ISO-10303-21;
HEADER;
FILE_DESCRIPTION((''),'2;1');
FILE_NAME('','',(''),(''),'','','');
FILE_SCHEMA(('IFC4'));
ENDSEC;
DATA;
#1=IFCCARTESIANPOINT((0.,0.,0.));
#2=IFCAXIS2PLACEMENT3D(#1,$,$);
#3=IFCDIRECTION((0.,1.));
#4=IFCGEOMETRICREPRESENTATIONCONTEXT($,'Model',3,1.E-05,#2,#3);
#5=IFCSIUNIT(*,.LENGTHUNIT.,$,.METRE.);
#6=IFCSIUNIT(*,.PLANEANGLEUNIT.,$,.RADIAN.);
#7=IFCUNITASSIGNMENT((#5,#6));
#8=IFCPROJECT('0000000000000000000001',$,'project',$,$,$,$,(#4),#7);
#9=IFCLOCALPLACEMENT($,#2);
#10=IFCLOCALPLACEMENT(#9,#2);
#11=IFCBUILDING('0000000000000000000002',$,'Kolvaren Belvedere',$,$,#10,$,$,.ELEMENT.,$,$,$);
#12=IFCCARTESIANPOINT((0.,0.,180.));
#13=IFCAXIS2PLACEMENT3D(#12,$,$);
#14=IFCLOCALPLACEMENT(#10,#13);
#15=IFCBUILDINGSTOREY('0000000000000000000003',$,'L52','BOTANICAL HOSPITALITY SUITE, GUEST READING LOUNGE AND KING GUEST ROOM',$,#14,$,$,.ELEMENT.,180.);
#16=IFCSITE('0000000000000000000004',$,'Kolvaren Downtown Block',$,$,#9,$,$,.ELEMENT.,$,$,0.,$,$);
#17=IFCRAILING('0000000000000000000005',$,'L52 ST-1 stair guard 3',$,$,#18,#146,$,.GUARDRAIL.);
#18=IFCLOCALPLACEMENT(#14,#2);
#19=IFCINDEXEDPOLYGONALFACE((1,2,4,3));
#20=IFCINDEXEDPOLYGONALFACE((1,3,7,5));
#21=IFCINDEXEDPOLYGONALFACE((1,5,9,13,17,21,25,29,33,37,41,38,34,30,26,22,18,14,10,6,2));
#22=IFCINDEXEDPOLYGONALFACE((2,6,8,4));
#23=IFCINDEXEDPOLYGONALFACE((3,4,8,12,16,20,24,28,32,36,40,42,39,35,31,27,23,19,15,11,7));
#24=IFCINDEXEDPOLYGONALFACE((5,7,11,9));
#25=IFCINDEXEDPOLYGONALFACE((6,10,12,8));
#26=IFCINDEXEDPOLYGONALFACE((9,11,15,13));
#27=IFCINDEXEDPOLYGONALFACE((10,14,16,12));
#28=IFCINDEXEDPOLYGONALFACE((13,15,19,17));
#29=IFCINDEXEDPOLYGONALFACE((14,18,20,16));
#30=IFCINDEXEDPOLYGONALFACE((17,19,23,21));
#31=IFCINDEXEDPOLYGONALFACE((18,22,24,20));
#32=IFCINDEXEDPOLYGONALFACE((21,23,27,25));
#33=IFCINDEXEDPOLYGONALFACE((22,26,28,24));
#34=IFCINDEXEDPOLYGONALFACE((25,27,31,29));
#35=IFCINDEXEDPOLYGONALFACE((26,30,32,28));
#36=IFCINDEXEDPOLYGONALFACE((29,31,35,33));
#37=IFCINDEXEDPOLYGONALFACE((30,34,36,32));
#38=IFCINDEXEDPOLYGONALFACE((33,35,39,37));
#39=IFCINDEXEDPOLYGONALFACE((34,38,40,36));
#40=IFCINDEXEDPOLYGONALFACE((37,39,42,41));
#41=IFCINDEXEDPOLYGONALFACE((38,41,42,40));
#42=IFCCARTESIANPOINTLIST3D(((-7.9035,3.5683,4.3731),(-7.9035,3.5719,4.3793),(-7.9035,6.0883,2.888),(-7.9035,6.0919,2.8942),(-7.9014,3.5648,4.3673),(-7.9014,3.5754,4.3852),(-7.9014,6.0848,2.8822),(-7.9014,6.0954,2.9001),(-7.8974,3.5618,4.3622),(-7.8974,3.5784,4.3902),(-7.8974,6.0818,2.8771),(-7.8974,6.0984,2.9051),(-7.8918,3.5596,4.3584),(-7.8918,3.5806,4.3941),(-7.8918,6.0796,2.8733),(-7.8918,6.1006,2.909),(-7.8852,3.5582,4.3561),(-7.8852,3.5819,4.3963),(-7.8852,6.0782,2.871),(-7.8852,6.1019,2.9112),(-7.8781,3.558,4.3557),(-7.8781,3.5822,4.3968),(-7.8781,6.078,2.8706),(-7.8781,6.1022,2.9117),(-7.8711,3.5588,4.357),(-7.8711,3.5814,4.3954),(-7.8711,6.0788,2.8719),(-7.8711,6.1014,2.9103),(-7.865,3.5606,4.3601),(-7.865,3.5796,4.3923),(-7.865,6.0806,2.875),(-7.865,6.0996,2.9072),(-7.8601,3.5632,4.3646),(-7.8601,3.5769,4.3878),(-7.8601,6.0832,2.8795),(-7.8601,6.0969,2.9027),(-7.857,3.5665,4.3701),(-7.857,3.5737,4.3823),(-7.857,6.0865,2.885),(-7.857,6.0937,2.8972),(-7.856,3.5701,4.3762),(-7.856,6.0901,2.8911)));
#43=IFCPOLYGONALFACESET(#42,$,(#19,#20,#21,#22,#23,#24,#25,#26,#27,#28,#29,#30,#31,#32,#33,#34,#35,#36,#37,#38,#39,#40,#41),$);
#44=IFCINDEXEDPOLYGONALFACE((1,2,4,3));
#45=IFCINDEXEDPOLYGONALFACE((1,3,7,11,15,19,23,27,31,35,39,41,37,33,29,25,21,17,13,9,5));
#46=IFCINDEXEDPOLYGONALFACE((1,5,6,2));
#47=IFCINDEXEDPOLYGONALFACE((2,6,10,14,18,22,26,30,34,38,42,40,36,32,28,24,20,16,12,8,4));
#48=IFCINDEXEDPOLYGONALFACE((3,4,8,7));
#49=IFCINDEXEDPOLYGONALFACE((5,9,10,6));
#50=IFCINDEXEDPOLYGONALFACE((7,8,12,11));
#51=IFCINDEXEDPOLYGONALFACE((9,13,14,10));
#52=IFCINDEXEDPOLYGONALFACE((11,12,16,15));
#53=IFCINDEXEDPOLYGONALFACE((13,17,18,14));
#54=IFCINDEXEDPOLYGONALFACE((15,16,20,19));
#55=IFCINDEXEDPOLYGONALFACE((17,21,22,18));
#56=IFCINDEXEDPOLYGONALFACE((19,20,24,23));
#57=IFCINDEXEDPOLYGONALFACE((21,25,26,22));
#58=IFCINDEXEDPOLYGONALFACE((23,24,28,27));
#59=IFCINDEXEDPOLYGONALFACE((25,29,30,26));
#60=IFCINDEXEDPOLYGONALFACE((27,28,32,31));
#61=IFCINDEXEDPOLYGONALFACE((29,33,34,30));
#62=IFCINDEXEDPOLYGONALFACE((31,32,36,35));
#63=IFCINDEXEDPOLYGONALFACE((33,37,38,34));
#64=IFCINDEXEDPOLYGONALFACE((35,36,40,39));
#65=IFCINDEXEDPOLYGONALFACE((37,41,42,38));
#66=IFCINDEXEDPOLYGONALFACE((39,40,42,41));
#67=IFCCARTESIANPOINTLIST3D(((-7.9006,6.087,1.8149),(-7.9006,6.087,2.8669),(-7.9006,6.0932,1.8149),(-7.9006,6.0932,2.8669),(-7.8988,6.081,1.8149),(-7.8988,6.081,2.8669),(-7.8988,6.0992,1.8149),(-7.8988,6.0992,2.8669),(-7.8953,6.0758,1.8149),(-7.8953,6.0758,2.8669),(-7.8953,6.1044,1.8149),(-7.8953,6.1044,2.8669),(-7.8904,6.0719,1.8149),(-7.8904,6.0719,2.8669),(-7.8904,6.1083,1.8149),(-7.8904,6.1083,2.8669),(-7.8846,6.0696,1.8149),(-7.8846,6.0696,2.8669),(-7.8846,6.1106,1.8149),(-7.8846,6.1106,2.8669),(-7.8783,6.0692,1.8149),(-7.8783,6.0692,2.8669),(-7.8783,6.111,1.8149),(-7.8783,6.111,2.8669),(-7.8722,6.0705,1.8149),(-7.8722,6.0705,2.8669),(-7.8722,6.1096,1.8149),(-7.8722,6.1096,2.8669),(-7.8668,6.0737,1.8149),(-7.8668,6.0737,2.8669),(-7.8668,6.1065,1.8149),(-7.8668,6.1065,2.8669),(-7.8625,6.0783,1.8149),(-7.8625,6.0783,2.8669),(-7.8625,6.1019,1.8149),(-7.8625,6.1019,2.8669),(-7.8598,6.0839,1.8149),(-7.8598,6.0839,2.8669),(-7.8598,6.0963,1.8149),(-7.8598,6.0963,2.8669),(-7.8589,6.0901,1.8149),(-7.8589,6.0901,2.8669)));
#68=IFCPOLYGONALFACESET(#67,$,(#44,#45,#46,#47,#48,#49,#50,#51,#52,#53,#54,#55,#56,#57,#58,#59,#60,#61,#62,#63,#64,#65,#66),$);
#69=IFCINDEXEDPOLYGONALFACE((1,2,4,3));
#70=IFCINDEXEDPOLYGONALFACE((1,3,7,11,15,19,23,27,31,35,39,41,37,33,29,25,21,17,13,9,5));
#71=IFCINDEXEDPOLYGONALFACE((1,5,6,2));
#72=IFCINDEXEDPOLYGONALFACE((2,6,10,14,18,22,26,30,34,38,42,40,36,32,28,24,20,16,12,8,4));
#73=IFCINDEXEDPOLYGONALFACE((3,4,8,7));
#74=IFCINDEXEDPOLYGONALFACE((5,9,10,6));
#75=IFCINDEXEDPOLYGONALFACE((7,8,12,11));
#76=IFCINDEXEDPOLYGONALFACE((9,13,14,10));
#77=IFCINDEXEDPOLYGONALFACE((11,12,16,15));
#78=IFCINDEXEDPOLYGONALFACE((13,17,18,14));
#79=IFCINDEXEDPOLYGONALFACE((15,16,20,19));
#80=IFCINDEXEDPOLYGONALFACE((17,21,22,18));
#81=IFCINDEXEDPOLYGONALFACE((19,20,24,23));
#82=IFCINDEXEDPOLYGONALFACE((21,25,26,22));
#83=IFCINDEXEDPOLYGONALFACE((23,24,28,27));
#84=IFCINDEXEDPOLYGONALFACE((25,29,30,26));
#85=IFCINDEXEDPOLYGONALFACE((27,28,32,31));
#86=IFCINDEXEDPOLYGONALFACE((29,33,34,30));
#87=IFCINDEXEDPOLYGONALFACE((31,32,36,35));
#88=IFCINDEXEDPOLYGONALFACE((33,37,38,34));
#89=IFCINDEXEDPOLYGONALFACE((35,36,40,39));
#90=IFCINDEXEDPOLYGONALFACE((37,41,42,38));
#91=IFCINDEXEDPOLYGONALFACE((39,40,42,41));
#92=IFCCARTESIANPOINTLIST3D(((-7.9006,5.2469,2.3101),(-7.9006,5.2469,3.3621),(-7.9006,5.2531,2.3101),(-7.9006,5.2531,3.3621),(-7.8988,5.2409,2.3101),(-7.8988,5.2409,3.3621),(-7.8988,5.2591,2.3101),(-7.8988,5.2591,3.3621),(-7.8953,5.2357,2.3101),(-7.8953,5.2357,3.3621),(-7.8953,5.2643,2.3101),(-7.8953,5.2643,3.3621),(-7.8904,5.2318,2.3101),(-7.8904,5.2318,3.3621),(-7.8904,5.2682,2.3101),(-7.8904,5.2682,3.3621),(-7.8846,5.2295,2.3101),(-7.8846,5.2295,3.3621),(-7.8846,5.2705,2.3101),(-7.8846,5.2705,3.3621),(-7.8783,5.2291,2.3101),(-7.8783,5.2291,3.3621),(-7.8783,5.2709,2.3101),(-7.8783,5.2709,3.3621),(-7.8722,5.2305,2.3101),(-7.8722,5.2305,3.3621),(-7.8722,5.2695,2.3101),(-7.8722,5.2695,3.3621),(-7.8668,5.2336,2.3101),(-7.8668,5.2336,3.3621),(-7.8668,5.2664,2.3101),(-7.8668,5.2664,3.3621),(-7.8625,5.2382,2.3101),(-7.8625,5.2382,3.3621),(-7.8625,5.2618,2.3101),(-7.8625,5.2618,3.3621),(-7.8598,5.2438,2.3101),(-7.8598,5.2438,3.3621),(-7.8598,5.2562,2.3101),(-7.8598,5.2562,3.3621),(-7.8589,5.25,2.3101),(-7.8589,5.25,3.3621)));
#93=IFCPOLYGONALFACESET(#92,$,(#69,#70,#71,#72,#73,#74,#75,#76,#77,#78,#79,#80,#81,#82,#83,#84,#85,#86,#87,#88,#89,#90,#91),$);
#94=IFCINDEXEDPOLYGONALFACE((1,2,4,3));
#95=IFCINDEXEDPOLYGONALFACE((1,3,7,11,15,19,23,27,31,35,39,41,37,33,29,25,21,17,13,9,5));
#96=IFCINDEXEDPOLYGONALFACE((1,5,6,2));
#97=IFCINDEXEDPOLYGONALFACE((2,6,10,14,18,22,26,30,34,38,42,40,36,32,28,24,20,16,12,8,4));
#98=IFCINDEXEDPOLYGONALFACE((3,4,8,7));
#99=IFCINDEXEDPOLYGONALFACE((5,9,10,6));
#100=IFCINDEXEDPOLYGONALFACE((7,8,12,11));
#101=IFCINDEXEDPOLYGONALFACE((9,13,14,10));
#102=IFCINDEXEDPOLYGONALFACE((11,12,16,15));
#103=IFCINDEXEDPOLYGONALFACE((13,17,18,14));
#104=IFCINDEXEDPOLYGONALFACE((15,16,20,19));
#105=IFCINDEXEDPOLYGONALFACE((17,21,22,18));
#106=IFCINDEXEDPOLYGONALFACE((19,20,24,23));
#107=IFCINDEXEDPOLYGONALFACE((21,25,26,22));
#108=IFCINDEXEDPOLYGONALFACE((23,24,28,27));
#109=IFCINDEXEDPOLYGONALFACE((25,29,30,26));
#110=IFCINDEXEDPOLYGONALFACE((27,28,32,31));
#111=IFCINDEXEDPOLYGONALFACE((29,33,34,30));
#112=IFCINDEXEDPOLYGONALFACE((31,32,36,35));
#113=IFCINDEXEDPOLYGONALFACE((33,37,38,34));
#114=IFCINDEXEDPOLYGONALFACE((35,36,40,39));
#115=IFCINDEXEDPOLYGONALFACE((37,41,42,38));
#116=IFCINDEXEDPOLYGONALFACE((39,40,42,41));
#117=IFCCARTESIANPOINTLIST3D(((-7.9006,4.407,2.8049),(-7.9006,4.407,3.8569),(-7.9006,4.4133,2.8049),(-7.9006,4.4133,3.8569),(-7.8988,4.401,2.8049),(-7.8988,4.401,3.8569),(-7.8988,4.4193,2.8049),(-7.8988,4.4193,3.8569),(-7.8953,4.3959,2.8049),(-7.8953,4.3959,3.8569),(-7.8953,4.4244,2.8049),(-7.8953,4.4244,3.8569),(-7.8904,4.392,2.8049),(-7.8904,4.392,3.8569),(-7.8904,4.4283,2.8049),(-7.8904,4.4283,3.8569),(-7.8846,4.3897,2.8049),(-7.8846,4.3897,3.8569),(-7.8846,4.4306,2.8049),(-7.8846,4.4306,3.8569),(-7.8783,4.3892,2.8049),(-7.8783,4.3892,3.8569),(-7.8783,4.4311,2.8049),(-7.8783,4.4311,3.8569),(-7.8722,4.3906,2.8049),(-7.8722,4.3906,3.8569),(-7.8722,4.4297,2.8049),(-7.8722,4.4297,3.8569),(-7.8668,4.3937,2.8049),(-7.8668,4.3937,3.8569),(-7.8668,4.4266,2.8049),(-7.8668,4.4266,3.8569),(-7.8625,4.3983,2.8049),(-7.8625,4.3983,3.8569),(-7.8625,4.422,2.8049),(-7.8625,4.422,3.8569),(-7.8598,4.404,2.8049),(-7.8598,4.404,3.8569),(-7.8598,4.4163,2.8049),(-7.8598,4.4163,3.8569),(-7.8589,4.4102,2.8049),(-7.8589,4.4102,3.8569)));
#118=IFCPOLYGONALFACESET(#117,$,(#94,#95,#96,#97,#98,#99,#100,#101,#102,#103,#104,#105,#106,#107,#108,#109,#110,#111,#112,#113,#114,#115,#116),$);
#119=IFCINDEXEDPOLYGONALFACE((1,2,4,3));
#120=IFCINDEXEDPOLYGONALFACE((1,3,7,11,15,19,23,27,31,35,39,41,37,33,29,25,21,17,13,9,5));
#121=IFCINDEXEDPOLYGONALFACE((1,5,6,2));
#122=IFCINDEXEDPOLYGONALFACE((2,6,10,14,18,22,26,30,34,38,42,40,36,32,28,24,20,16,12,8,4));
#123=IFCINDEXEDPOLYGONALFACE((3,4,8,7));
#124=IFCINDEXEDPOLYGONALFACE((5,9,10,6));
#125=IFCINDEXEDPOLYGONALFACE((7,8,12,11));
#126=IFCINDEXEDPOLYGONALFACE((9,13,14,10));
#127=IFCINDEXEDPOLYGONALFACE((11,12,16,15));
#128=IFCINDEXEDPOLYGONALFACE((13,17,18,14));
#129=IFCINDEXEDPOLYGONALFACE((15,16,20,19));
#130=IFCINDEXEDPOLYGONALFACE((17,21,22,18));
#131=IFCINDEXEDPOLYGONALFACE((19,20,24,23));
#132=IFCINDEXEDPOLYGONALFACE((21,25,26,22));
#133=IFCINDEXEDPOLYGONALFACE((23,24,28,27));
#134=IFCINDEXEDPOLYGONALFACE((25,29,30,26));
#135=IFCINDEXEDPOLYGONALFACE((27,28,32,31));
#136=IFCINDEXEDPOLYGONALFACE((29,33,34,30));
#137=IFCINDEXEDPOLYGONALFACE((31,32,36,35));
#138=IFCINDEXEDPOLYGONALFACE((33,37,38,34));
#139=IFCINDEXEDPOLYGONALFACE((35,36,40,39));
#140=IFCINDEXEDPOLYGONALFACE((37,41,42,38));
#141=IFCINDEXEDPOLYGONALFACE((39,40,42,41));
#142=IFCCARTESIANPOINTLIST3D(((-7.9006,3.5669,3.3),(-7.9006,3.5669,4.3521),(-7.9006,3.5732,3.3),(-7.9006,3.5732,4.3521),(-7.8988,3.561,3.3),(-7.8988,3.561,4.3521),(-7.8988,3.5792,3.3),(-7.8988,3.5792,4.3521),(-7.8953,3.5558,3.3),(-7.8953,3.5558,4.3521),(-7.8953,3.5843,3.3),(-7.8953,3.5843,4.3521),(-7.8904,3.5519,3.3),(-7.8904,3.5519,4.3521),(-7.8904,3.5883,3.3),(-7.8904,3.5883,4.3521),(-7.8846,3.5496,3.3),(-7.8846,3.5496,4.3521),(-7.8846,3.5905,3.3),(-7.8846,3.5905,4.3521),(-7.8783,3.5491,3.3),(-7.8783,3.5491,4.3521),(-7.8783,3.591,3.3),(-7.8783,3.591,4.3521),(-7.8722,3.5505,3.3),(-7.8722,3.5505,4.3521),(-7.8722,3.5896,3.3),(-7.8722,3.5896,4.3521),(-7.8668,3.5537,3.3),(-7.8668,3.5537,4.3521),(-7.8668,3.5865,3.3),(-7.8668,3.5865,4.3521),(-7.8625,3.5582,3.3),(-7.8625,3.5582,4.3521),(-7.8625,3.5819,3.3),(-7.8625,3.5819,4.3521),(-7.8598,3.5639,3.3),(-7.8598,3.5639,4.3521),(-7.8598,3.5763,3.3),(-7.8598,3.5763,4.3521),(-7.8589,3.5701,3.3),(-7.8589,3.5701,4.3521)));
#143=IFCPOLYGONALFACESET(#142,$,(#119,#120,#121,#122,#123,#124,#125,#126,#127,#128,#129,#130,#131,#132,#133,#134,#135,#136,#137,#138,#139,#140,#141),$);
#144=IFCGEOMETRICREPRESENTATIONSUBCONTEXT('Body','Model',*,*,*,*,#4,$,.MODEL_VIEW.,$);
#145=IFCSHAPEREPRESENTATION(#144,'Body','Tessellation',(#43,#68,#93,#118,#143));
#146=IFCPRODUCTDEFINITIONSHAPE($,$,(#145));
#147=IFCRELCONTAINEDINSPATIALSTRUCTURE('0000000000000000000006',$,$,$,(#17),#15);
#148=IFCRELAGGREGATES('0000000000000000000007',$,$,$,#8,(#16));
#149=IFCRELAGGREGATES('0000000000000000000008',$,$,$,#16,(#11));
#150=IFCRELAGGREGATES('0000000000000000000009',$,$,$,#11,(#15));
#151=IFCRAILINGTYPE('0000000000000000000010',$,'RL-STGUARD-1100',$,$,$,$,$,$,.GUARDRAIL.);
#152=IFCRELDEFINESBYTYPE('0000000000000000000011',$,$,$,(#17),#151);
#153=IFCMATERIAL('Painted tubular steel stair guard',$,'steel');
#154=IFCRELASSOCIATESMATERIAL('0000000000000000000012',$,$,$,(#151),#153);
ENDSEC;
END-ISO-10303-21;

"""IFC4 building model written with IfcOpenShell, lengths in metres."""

from ifc_helpers import new_model, si_unit, direction, frame, origin, origin_2d, place, context, subcontext, project, spatial, circle, extrude, material, type_object, element, save


model = new_model("IFC4")

# Units and contexts
model_context = context("Model", 3, precision=1e-05, world=origin(), true_north=direction((0.0, 1.0)))
body_context = subcontext(model_context, "Body", "Model", "MODEL_VIEW")
ifc_project = project(units=[si_unit("LENGTHUNIT", "METRE"), si_unit("PLANEANGLEUNIT", "RADIAN")], contexts=[model_context])

# Site, building, storey
site_placement = place(None, origin())
site = spatial("IfcSite", under=ifc_project, at=site_placement, Name="Kolvaren Downtown Block", CompositionType="ELEMENT", RefElevation=0.0)
building_placement = place(site_placement, origin())
building = spatial("IfcBuilding", under=site, at=building_placement, Name="Kolvaren Belvedere", CompositionType="ELEMENT")
storey_placement = place(building_placement, frame((0.0, 0.0, 180.0)))
storey = spatial("IfcBuildingStorey", under=building, at=storey_placement, Name="L52", Description="BOTANICAL HOSPITALITY SUITE, GUEST READING LOUNGE AND KING GUEST ROOM", CompositionType="ELEMENT", Elevation=180.0)

# Railing
ifc_material_1 = material(Name="Painted tubular steel stair guard", Category="steel")
railing_type_1 = type_object("IfcRailingType", Name="RL-STGUARD-1100", PredefinedType="GUARDRAIL", material=ifc_material_1)
railing_1_placement = place(storey_placement, frame((-7.8799, 6.0901, 1.8149)))
element("IfcRailing", 1, at=railing_1_placement, inside=storey, type_object=railing_type_1, Name="L52 ST-1 stair guard 3", PredefinedType="GUARDRAIL", context=body_context, shape_type="SweptSolid", body=[
    extrude(circle(Radius=0.0239, at=origin_2d()), frame((0.0, 0.0, 1.0762), z_axis=(0.0, -0.861524, 0.507717), x_axis=(1.0, 0.0, 0.0)), (0.0, 0.0, 1.0), 2.925),
    extrude(circle(Radius=0.021, at=origin_2d()), origin(), (0.0, 0.0, 1.0), 1.052),
    extrude(circle(Radius=0.021, at=origin_2d()), frame((0.0, -0.8401, 0.4951)), (0.0, 0.0, 1.0), 1.052),
    extrude(circle(Radius=0.021, at=origin_2d()), frame((0.0, -1.6799, 0.99)), (0.0, 0.0, 1.0), 1.052),
    extrude(circle(Radius=0.021, at=origin_2d()), frame((0.0, -2.52, 1.4851)), (0.0, 0.0, 1.0), 1.052),
])

save(model, "model.ifc")
